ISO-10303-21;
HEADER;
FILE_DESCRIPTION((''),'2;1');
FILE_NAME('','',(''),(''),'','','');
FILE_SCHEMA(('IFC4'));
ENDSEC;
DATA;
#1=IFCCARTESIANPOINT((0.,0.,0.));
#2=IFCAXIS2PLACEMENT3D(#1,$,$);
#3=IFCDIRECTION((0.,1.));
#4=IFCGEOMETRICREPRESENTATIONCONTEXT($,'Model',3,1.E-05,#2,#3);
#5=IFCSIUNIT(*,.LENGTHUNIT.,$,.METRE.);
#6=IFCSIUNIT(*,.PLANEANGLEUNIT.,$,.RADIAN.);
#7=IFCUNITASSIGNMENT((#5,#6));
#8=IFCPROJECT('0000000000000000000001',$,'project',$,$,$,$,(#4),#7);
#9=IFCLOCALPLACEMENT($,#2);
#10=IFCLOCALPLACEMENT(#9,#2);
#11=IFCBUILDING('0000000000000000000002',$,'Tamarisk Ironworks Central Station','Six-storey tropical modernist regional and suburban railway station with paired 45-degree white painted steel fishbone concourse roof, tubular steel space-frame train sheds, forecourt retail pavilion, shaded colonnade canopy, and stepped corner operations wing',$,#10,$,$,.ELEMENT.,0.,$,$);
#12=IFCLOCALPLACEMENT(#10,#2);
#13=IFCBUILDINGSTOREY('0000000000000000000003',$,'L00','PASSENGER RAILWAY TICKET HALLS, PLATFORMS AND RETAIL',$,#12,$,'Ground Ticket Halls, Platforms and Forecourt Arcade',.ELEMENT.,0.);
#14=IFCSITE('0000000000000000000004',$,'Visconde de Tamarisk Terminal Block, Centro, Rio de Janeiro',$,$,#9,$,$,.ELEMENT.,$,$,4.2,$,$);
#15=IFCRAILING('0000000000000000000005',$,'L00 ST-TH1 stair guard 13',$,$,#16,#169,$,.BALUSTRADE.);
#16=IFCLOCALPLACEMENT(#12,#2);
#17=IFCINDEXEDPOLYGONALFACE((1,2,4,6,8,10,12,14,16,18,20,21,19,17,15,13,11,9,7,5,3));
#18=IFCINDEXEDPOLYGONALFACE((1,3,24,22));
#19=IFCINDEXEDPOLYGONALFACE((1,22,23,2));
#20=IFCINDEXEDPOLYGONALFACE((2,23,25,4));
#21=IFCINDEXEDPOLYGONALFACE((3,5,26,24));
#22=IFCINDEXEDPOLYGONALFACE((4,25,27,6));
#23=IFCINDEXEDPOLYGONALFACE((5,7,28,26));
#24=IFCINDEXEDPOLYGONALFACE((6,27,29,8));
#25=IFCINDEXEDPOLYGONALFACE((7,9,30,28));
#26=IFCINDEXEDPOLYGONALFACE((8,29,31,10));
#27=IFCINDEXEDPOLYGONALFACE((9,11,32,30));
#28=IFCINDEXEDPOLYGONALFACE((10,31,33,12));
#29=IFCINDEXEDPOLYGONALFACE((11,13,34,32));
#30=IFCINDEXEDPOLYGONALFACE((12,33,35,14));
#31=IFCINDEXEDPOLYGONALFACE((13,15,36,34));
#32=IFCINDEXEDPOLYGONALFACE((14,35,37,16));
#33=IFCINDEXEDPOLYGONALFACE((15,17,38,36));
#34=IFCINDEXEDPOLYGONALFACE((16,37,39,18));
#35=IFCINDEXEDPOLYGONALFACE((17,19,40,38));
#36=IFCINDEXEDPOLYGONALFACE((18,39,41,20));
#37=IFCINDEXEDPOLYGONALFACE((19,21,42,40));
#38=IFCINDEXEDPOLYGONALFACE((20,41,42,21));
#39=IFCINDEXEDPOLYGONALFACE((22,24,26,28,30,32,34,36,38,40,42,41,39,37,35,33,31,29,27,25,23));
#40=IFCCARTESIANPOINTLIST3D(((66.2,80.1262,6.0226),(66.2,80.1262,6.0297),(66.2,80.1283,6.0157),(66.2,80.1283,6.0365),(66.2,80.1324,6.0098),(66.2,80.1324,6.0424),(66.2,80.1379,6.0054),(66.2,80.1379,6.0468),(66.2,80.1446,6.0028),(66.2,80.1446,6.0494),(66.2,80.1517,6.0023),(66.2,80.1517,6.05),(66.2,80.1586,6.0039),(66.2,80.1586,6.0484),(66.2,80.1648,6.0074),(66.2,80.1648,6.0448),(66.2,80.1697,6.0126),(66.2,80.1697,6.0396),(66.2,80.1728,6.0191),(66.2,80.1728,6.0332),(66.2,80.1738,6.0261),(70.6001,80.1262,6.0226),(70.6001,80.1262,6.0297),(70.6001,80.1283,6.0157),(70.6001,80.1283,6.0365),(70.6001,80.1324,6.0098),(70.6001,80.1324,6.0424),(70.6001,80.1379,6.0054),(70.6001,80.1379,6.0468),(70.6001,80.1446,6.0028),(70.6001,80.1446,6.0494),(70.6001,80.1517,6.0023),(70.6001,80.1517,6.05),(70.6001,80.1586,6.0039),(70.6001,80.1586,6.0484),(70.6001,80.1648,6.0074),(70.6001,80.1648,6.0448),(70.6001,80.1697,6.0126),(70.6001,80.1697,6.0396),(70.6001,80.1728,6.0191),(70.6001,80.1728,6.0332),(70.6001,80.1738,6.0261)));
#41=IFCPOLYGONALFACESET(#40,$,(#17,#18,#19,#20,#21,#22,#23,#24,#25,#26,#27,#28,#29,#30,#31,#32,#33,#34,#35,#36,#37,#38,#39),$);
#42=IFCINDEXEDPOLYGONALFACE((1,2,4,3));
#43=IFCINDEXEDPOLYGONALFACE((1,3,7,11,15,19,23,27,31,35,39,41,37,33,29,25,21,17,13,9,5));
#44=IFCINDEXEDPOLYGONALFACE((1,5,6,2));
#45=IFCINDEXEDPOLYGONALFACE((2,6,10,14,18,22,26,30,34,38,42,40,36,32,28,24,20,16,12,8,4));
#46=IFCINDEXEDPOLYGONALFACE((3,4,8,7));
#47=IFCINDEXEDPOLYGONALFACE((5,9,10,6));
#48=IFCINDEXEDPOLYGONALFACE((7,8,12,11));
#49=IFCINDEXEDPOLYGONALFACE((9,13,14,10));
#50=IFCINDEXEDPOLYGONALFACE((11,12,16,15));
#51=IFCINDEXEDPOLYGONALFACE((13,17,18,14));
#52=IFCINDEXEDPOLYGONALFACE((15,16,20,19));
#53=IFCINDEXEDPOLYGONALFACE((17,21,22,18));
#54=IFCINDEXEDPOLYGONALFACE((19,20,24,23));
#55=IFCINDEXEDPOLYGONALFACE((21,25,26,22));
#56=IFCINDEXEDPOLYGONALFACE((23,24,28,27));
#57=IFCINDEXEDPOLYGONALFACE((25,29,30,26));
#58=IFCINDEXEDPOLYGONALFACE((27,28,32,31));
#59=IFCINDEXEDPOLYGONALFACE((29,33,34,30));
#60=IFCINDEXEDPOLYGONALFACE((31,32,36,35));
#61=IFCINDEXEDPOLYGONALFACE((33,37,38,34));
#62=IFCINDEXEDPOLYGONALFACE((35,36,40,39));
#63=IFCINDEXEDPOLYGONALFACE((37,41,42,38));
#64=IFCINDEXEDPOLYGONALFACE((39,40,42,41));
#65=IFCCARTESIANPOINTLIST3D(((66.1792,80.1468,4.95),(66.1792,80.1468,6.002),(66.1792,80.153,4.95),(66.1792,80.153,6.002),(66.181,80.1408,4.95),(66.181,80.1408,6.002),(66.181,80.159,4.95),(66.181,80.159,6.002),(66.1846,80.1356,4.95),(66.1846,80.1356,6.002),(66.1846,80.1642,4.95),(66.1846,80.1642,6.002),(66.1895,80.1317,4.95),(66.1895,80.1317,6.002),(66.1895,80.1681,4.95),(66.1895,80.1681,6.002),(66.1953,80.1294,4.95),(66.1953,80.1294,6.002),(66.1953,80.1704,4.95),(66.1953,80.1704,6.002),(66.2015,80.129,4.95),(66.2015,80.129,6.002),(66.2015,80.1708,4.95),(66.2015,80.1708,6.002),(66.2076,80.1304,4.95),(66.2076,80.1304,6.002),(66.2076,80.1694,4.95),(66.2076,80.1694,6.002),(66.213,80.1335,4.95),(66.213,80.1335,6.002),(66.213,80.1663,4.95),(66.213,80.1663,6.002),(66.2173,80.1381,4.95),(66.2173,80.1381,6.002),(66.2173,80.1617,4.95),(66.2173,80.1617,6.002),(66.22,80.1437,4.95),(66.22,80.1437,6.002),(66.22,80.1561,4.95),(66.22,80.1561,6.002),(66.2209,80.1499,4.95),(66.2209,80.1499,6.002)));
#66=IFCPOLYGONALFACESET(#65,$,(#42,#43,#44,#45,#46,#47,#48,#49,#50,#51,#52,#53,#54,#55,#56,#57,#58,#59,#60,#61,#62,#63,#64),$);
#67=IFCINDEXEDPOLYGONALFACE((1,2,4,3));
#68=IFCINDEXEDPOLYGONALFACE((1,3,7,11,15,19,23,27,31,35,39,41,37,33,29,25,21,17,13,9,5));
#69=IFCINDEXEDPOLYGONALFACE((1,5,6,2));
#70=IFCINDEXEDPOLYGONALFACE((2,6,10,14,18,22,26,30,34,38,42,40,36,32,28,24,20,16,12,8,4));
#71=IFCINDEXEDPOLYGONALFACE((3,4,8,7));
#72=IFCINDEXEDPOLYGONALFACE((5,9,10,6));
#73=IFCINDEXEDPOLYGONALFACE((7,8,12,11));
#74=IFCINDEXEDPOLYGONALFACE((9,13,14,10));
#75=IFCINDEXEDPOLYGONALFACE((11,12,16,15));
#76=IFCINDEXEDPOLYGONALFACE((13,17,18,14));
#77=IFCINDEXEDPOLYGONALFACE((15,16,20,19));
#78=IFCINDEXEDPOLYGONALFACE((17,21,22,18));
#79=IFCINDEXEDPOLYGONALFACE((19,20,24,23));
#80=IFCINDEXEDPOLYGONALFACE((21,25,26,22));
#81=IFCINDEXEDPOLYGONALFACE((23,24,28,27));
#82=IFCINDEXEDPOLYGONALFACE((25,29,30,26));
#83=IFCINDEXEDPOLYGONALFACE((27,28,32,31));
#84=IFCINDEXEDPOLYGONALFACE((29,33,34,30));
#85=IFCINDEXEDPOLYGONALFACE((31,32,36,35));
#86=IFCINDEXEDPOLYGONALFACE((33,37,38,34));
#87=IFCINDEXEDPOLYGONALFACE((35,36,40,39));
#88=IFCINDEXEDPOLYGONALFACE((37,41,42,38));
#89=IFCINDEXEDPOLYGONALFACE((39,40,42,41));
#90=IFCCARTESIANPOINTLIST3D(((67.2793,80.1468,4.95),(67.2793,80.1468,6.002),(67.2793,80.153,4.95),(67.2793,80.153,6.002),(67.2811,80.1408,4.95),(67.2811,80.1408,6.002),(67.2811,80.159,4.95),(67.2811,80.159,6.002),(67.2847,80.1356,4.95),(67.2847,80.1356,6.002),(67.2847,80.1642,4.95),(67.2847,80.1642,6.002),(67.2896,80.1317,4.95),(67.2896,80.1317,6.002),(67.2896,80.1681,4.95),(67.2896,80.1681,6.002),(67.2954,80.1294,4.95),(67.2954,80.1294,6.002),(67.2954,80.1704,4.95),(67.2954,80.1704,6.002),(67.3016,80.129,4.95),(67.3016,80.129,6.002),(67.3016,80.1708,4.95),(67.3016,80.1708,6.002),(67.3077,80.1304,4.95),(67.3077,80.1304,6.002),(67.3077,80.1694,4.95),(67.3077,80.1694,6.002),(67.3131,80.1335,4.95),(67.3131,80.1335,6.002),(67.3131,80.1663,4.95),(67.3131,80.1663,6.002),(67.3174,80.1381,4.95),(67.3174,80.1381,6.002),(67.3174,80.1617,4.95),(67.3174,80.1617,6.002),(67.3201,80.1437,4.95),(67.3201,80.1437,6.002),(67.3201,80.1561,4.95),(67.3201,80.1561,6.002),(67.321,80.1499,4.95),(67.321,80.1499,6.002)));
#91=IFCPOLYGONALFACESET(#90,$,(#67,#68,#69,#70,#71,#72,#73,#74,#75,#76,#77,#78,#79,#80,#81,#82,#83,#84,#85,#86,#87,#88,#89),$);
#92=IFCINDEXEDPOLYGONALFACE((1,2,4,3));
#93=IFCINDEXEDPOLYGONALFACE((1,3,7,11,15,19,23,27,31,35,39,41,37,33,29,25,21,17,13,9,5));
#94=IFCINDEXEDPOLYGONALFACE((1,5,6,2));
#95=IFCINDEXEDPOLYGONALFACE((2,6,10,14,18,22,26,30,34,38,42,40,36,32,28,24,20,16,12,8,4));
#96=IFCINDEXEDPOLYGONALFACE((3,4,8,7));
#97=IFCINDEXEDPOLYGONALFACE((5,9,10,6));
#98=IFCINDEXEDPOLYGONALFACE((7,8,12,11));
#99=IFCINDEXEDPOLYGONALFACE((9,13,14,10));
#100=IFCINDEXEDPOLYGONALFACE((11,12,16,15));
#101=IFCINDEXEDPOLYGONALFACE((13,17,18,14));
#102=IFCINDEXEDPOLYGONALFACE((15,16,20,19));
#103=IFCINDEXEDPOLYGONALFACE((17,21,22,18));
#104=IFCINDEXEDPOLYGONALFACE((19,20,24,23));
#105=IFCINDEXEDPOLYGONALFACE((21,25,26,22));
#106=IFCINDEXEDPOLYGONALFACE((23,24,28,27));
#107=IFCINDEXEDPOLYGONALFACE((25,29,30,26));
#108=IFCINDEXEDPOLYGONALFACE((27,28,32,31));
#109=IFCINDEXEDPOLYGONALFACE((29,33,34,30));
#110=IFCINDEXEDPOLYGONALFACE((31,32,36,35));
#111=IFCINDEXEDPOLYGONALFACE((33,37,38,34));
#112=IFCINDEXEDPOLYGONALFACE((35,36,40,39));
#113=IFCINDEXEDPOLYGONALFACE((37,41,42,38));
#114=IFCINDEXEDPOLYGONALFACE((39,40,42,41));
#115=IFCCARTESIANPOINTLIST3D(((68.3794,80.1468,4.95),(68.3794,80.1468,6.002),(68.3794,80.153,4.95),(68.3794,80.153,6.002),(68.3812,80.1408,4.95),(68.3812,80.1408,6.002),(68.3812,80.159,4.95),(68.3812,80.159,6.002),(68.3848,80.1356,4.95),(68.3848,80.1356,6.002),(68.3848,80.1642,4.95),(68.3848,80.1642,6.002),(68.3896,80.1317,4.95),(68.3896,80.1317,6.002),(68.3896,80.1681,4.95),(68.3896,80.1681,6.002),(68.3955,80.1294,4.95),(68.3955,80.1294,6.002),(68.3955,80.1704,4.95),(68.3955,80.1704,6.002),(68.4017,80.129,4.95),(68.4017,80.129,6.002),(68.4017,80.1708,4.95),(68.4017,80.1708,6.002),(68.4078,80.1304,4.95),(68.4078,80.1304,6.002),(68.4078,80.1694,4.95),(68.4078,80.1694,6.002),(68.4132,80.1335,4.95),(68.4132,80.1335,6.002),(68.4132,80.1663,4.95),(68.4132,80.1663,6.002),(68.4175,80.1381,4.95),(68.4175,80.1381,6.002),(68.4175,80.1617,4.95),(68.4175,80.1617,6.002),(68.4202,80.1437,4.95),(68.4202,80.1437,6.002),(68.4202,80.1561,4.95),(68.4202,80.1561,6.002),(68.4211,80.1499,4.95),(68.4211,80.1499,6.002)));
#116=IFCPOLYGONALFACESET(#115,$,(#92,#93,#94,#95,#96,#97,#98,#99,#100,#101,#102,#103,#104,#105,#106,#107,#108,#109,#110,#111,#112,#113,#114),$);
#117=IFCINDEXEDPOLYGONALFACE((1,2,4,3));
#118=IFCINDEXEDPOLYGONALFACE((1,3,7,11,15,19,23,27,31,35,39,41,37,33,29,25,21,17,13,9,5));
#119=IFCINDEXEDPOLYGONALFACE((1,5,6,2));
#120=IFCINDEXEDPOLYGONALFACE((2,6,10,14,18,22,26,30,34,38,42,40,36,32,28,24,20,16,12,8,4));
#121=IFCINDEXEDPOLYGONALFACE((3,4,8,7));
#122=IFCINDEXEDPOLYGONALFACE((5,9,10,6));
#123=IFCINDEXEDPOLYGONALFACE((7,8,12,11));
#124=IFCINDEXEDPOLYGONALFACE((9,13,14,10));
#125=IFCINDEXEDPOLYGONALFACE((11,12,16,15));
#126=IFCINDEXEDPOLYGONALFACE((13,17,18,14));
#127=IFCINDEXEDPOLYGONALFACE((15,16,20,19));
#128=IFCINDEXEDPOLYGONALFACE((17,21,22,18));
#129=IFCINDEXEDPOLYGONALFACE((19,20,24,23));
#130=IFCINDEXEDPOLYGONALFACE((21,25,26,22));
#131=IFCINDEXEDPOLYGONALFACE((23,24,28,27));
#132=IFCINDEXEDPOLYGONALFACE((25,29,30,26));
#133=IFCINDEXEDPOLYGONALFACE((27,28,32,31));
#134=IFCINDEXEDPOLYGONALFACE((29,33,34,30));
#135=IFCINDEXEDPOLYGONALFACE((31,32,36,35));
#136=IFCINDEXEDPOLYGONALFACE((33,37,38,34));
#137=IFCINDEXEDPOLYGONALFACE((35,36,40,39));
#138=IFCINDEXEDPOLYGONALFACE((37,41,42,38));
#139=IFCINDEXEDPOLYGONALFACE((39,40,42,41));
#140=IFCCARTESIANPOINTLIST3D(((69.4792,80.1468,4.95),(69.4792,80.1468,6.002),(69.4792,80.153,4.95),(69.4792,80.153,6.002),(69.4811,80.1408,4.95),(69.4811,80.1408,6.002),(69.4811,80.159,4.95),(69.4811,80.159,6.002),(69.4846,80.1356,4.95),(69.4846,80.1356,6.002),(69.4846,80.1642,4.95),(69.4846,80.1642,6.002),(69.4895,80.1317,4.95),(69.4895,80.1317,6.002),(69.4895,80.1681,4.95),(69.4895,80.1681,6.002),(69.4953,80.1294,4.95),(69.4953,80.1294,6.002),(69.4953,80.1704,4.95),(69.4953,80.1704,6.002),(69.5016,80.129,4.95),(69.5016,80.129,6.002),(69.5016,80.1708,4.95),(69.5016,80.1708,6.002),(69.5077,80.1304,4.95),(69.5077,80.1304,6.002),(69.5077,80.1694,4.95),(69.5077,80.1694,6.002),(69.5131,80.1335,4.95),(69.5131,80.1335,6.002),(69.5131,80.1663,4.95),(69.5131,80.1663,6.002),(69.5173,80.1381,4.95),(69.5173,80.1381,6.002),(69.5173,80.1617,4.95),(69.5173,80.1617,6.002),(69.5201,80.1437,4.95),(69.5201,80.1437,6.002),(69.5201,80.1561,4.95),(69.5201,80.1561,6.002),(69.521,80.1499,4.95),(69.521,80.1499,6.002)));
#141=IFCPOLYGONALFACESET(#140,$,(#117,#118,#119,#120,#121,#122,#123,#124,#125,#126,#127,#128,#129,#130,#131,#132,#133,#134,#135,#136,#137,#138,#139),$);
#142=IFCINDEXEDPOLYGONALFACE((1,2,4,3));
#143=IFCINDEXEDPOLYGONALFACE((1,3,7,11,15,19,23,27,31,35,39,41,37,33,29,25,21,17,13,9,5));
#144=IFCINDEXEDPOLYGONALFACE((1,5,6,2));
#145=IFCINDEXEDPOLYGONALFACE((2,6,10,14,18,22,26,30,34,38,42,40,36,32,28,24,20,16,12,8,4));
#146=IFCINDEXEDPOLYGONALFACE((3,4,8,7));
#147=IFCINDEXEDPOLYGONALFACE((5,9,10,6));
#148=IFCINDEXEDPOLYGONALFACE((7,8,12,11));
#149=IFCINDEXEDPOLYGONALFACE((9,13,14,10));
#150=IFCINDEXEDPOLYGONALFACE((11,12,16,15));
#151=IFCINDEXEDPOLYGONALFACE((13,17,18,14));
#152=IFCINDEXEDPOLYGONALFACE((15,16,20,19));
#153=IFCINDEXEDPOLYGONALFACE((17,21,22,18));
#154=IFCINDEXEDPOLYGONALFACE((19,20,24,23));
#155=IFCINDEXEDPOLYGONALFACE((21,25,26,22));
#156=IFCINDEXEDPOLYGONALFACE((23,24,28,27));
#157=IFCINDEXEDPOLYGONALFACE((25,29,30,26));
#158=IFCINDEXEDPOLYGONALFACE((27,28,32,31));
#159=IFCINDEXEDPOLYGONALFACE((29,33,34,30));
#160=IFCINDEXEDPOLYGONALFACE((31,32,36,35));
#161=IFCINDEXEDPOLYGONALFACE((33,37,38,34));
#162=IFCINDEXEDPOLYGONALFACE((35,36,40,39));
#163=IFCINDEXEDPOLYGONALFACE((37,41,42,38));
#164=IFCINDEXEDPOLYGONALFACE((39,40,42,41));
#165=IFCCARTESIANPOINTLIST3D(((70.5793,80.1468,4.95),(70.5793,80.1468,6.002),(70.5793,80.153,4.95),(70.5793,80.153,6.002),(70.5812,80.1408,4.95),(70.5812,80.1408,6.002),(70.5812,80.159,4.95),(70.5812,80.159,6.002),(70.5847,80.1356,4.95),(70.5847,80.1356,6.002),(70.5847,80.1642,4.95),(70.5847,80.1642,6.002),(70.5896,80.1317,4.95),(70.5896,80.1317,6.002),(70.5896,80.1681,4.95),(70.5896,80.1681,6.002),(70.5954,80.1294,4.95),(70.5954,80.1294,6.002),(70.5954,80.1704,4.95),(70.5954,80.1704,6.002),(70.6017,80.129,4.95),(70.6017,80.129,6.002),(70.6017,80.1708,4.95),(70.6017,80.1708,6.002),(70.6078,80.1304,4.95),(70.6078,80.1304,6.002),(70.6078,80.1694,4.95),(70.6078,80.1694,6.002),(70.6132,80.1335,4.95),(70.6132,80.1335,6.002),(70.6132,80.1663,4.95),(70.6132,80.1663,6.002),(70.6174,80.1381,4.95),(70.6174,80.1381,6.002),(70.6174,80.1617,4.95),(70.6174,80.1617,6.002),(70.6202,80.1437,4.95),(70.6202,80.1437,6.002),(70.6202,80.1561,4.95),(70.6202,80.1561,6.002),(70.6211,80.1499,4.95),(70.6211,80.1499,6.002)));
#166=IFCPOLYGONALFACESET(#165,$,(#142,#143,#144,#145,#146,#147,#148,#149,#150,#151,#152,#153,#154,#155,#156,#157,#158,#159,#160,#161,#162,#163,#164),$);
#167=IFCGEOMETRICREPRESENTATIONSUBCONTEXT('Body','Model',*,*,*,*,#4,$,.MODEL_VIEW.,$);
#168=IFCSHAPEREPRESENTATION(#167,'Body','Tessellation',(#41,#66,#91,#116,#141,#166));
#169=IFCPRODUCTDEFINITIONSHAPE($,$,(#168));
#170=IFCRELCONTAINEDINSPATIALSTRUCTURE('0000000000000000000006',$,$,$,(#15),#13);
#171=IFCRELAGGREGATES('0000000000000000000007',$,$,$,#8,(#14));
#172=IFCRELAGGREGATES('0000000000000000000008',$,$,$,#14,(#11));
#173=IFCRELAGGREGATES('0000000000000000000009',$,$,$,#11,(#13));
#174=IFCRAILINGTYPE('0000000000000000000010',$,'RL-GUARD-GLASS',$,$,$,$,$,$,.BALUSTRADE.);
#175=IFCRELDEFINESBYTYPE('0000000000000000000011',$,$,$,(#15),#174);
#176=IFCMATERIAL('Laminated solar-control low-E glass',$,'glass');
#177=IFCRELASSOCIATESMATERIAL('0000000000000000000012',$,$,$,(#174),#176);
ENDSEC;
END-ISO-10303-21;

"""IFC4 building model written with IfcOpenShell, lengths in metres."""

from ifc_helpers import new_model, si_unit, direction, frame, origin, origin_2d, place, context, subcontext, project, spatial, circle, extrude, material, type_object, element, save


model = new_model("IFC4")

# Units and contexts
model_context = context("Model", 3, precision=1e-05, world=origin(), true_north=direction((0.0, 1.0)))
body_context = subcontext(model_context, "Body", "Model", "MODEL_VIEW")
ifc_project = project(units=[si_unit("LENGTHUNIT", "METRE"), si_unit("PLANEANGLEUNIT", "RADIAN")], contexts=[model_context])

# Site, building, storey
site_placement = place(None, origin())
site = spatial("IfcSite", under=ifc_project, at=site_placement, Name="Visconde de Tamarisk Terminal Block, Centro, Rio de Janeiro", CompositionType="ELEMENT", RefElevation=4.2)
building_placement = place(site_placement, origin())
building = spatial("IfcBuilding", under=site, at=building_placement, Name="Tamarisk Ironworks Central Station", Description="Six-storey tropical modernist regional and suburban railway station with paired 45-degree white painted steel fishbone concourse roof, tubular steel space-frame train sheds, forecourt retail pavilion, shaded colonnade canopy, and stepped corner operations wing", CompositionType="ELEMENT", ElevationOfRefHeight=0.0)
storey_placement = place(building_placement, origin())
storey = spatial("IfcBuildingStorey", under=building, at=storey_placement, Name="L00", Description="PASSENGER RAILWAY TICKET HALLS, PLATFORMS AND RETAIL", LongName="Ground Ticket Halls, Platforms and Forecourt Arcade", CompositionType="ELEMENT", Elevation=0.0)

# Railing
ifc_material_1 = material(Name="Laminated solar-control low-E glass", Category="glass")
railing_type_1 = type_object("IfcRailingType", Name="RL-GUARD-GLASS", PredefinedType="BALUSTRADE", material=ifc_material_1)
railing_1_placement = place(storey_placement, frame((66.2, 80.1499, 4.95)))
element("IfcRailing", 1, at=railing_1_placement, inside=storey, type_object=railing_type_1, Name="L00 ST-TH1 stair guard 13", PredefinedType="BALUSTRADE", context=body_context, shape_type="SweptSolid", body=[
    extrude(circle(Radius=0.0239, at=origin_2d()), frame((0.0, 0.0, 1.0762), z_axis=(1.0, 0.0, 0.0), x_axis=(0.0, 1.0, 0.0)), (0.0, 0.0, 1.0), 4.4001),
    extrude(circle(Radius=0.021, at=origin_2d()), origin(), (0.0, 0.0, 1.0), 1.052),
    extrude(circle(Radius=0.021, at=origin_2d()), frame((1.1001, 0.0, 0.0)), (0.0, 0.0, 1.0), 1.052),
    extrude(circle(Radius=0.021, at=origin_2d()), frame((2.2002, 0.0, 0.0)), (0.0, 0.0, 1.0), 1.052),
    extrude(circle(Radius=0.021, at=origin_2d()), frame((3.3, 0.0, 0.0)), (0.0, 0.0, 1.0), 1.052),
    extrude(circle(Radius=0.021, at=origin_2d()), frame((4.4001, 0.0, 0.0)), (0.0, 0.0, 1.0), 1.052),
])

save(model, "model.ifc")
